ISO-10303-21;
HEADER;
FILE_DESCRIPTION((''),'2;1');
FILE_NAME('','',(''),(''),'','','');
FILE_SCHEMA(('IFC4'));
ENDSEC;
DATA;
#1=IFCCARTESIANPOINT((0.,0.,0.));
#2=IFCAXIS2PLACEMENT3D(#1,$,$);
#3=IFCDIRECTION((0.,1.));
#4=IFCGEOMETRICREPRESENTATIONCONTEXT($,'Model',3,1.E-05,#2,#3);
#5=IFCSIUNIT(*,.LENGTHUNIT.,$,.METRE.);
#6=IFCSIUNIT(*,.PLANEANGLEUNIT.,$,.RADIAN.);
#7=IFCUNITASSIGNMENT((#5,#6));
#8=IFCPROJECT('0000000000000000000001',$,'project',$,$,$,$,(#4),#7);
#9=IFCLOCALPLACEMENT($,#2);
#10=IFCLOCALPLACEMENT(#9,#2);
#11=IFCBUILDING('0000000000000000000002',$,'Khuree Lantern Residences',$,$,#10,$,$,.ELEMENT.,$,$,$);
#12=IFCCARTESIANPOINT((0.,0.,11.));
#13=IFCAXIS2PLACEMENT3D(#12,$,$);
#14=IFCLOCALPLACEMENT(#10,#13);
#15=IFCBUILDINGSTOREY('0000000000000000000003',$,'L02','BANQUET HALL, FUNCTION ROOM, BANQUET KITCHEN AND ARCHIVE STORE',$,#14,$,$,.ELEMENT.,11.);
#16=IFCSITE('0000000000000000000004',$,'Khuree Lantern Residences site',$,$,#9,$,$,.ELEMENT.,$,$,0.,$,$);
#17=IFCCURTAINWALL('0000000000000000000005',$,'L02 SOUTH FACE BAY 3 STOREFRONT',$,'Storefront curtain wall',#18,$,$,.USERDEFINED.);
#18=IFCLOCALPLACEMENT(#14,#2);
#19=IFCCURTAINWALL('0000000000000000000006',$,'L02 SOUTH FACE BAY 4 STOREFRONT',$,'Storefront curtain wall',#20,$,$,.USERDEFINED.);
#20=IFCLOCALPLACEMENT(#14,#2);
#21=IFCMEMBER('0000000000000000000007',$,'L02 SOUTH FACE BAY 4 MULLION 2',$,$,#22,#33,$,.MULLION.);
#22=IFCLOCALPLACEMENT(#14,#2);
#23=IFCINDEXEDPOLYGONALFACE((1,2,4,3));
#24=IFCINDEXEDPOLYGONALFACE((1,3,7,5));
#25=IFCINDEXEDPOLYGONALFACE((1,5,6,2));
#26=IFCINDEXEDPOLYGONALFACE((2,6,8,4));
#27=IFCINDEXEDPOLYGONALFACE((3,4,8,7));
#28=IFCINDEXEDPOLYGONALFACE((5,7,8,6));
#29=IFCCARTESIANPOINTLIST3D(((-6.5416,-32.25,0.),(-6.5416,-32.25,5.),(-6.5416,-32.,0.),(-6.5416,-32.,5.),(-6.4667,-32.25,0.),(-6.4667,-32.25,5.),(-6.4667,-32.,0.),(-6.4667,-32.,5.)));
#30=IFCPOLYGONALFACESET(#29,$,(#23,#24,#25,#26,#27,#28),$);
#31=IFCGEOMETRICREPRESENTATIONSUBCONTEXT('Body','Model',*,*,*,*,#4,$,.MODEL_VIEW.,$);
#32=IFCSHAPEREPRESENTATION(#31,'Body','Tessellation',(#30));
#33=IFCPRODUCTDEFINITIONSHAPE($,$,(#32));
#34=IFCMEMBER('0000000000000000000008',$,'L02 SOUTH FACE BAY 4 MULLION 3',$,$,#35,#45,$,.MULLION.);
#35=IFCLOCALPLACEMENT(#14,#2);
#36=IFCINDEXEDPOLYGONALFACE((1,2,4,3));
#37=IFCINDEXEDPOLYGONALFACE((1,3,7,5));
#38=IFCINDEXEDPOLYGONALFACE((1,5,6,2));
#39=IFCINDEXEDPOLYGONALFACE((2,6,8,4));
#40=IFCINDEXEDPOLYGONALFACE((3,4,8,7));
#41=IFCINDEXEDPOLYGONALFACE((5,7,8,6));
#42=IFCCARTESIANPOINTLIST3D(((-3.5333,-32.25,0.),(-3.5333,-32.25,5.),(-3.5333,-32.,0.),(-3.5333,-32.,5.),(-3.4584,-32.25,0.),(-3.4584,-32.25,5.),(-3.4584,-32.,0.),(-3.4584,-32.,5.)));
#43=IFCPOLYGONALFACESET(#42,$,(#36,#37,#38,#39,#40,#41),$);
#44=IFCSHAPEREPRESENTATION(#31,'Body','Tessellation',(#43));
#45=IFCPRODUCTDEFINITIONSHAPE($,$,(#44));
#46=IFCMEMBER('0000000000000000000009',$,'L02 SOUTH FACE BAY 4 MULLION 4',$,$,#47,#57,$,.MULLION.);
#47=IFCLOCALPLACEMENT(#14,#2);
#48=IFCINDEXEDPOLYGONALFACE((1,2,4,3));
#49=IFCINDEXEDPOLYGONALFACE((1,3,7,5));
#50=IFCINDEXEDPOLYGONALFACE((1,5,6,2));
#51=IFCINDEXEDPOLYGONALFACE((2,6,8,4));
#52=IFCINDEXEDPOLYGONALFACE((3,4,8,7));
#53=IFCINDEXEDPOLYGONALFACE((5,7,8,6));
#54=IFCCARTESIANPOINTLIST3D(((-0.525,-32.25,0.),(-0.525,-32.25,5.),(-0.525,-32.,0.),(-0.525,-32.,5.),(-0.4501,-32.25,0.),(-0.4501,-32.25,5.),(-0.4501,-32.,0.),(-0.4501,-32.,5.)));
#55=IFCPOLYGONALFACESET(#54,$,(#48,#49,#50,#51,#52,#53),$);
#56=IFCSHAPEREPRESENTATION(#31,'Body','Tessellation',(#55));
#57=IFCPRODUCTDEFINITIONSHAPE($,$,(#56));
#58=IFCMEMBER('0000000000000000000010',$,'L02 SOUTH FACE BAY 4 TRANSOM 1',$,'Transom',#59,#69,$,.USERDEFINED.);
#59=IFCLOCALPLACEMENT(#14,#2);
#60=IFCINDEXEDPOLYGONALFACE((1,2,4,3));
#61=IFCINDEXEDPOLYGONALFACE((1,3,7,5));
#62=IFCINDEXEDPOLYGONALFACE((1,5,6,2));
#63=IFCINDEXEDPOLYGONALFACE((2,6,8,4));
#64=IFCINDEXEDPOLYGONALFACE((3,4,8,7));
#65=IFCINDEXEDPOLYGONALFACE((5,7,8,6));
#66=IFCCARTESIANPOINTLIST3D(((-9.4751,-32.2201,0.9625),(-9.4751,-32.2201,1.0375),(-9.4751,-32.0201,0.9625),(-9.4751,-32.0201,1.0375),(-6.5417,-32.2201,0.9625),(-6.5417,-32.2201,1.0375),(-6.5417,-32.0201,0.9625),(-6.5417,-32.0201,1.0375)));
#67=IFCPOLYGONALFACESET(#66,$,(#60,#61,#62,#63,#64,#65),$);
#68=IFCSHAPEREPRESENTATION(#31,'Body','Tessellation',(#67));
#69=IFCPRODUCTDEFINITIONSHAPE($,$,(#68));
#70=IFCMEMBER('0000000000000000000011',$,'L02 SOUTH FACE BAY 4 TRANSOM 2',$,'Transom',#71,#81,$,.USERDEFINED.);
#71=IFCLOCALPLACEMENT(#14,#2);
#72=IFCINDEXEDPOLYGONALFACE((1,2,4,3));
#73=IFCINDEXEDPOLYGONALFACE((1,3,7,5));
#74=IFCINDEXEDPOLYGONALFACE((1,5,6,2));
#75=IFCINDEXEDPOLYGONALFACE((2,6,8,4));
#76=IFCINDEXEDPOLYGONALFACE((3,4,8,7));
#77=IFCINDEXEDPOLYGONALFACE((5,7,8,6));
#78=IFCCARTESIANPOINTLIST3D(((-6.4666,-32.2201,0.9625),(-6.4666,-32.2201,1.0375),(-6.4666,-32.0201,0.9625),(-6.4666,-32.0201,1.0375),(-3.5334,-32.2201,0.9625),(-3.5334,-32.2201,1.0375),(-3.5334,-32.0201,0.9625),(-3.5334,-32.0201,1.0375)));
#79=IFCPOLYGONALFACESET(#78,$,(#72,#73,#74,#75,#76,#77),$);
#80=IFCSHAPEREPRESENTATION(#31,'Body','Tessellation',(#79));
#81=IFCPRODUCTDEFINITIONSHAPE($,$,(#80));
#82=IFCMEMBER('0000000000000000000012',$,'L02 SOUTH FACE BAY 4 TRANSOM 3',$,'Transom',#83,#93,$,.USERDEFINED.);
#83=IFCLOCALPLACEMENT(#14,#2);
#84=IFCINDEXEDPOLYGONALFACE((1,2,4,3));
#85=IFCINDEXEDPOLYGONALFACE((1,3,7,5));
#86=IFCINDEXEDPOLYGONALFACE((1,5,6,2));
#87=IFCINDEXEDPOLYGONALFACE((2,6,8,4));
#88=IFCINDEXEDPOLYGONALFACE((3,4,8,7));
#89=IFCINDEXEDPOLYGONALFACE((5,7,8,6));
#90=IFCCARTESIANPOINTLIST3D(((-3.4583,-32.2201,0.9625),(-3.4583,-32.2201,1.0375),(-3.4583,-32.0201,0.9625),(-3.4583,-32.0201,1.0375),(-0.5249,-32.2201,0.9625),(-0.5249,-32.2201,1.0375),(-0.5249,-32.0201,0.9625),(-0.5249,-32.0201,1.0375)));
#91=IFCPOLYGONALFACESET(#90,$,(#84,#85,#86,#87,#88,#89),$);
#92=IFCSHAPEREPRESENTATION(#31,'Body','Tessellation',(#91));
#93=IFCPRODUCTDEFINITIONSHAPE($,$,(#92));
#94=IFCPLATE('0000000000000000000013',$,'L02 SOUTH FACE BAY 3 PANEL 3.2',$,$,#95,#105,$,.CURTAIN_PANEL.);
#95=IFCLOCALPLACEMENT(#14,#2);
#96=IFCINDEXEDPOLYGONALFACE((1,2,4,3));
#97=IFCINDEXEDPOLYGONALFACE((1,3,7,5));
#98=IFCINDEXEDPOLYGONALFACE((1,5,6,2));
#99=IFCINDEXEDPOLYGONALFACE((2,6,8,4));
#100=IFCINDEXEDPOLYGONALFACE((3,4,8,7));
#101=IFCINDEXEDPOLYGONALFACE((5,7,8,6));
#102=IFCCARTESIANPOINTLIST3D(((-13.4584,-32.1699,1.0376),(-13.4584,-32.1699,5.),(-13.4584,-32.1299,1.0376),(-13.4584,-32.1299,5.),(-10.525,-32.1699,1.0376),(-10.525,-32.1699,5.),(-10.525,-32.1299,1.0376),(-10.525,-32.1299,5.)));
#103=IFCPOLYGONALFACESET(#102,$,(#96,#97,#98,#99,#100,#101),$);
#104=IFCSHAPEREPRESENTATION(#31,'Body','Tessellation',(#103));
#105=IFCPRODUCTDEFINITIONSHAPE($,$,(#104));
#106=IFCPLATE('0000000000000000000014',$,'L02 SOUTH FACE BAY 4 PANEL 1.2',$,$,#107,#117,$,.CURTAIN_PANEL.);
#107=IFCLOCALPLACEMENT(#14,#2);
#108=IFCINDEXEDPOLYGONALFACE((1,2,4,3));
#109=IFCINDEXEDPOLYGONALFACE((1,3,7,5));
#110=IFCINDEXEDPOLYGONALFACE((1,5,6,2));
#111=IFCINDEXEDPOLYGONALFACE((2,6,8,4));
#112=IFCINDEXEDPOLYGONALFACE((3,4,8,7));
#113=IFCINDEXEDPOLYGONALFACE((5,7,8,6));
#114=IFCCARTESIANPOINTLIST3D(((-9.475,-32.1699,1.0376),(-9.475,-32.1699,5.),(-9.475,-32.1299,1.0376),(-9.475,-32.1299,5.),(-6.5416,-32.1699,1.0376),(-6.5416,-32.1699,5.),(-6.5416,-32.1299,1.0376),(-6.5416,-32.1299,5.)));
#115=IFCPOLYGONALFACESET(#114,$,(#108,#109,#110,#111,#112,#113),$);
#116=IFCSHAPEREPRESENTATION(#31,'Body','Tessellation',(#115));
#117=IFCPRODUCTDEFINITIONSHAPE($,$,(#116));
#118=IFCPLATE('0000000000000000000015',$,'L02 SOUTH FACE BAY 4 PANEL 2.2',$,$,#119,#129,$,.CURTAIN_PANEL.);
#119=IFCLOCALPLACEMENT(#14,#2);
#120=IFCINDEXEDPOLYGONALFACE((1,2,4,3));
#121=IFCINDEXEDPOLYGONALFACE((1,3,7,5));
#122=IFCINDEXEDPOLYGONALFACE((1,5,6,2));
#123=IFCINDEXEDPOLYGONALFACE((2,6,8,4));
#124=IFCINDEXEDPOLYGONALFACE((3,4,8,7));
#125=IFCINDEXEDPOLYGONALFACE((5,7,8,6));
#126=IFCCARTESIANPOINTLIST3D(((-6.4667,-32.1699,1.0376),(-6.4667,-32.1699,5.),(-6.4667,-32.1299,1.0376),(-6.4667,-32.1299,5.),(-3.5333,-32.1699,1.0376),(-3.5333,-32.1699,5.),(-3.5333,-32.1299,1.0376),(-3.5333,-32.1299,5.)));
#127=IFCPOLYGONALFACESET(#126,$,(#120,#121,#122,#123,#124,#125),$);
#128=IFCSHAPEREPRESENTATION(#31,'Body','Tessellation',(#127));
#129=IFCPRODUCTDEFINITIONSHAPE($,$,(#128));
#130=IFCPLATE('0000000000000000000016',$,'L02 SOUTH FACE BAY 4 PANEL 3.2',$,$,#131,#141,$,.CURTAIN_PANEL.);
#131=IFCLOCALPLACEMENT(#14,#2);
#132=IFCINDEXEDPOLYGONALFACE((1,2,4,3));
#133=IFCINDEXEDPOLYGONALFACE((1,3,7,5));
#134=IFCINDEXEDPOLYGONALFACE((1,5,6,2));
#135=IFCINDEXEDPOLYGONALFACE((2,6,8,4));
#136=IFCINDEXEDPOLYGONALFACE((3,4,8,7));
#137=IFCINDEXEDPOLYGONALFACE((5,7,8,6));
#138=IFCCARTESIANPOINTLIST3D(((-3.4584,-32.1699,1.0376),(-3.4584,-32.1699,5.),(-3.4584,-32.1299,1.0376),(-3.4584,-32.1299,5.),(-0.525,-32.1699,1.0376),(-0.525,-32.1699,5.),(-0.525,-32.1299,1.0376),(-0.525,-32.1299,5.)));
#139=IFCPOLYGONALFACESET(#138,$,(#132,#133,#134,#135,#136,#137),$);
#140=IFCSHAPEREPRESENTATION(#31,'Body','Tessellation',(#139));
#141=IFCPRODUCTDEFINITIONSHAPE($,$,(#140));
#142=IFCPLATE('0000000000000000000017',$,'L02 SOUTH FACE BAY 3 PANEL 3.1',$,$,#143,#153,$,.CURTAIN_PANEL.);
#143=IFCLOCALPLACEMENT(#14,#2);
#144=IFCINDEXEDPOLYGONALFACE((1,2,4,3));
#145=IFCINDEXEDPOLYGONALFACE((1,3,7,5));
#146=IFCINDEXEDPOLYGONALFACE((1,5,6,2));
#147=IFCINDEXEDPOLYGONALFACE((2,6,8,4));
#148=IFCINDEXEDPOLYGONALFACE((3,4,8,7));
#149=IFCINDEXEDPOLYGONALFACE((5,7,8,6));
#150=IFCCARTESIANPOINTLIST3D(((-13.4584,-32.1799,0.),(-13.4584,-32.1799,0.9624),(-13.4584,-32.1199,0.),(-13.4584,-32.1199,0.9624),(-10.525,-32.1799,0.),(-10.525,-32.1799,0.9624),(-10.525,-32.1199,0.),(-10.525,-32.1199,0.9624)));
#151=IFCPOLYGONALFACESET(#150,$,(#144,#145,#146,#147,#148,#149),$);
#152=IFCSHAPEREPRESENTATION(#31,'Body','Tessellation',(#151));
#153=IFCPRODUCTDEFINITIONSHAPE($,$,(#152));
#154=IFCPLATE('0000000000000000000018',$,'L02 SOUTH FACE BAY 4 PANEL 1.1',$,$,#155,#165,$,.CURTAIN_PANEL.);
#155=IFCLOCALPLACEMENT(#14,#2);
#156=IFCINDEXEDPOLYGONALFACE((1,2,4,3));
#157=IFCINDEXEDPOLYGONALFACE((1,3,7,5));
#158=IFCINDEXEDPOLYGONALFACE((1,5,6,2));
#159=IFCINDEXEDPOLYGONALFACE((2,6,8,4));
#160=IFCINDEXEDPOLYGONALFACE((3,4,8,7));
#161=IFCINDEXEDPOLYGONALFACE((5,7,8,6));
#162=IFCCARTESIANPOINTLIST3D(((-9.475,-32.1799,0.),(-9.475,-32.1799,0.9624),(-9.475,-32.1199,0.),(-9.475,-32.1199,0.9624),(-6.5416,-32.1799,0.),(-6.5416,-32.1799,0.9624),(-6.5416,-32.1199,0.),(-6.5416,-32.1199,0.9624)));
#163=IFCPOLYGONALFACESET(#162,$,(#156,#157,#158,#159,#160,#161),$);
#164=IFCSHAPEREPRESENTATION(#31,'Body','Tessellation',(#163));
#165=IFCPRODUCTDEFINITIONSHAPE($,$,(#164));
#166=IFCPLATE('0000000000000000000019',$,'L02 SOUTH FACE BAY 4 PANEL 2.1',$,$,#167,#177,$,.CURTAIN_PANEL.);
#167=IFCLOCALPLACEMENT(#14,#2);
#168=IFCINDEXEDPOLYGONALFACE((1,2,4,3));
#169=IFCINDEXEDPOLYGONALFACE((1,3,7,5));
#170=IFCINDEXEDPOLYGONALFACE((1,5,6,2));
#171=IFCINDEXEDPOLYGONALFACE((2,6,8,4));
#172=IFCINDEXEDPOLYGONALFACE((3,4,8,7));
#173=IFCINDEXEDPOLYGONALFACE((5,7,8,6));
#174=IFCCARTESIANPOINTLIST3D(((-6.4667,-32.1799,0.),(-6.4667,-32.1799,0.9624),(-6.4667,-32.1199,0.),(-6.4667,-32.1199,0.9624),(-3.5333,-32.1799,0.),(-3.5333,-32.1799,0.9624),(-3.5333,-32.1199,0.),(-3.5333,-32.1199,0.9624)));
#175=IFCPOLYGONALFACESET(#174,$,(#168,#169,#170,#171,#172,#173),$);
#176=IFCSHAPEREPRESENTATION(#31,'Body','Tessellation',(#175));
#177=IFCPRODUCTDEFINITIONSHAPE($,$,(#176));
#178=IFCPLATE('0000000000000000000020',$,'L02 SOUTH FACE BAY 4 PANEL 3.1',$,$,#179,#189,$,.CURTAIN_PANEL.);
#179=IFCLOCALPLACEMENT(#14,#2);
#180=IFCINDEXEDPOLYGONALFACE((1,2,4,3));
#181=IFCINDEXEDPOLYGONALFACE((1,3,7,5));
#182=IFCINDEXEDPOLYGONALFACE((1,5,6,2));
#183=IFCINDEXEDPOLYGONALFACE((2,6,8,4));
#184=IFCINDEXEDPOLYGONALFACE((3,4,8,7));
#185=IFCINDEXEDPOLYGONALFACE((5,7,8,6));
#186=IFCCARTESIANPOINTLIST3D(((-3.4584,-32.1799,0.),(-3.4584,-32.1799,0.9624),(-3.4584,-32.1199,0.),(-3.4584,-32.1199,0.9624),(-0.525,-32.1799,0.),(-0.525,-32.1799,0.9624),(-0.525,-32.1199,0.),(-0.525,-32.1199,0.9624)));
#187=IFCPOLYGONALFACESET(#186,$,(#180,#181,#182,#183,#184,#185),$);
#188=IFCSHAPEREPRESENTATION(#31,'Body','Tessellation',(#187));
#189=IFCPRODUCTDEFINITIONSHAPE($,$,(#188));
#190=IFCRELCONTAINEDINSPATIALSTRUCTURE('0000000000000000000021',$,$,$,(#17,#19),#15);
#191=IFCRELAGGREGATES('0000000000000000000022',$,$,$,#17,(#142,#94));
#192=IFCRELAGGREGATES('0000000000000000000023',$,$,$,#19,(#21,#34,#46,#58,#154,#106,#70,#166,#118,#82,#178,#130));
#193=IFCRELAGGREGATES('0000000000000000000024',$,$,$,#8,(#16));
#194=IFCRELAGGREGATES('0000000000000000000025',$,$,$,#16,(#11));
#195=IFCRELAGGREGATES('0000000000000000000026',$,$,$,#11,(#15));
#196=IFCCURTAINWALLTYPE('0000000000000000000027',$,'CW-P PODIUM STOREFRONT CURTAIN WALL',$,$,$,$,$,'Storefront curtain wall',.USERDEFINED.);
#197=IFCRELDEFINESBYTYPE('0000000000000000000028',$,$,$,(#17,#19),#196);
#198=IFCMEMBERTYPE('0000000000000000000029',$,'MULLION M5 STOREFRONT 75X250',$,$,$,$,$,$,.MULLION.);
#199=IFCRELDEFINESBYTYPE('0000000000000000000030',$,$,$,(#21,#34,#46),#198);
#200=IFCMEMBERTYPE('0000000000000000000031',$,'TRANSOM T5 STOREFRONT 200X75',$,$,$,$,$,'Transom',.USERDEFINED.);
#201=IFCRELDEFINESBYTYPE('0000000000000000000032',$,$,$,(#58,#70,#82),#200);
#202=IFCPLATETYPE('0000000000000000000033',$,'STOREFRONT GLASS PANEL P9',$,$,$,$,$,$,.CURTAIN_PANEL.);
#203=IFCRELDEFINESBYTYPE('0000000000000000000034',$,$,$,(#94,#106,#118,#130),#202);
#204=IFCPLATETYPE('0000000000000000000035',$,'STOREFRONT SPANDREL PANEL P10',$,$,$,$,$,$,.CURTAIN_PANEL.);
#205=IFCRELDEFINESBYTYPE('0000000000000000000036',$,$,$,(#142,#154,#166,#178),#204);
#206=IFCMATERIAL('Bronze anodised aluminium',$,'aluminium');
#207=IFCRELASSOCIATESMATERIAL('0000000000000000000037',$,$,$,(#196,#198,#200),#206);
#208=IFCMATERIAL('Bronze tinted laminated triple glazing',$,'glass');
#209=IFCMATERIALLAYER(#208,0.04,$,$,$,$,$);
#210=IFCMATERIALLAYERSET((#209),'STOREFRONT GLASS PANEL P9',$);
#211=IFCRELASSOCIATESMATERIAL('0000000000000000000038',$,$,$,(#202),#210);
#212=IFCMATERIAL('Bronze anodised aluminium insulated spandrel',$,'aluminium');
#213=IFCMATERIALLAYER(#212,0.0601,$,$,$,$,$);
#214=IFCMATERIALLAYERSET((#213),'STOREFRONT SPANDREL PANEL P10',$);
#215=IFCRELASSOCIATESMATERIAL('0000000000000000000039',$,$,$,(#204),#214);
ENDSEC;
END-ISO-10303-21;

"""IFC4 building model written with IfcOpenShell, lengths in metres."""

from ifc_helpers import new_model, si_unit, direction, frame, origin, origin_2d, place, context, subcontext, project, spatial, rectangle, extrude, material, layer, layer_set, material_profile, profile_set, type_object, element, aggregate, save


model = new_model("IFC4")

# Units and contexts
model_context = context("Model", 3, precision=1e-05, world=origin(), true_north=direction((0.0, 1.0)))
body_context = subcontext(model_context, "Body", "Model", "MODEL_VIEW")
ifc_project = project(units=[si_unit("LENGTHUNIT", "METRE"), si_unit("PLANEANGLEUNIT", "RADIAN")], contexts=[model_context])

# Site, building, storey
site_placement = place(None, origin())
site = spatial("IfcSite", under=ifc_project, at=site_placement, Name="Khuree Lantern Residences site", CompositionType="ELEMENT", RefElevation=0.0)
building_placement = place(site_placement, origin())
building = spatial("IfcBuilding", under=site, at=building_placement, Name="Khuree Lantern Residences", CompositionType="ELEMENT")
storey_placement = place(building_placement, frame((0.0, 0.0, 11.0)))
storey = spatial("IfcBuildingStorey", under=building, at=storey_placement, Name="L02", Description="BANQUET HALL, FUNCTION ROOM, BANQUET KITCHEN AND ARCHIVE STORE", CompositionType="ELEMENT", Elevation=11.0)

# Curtain wall
ifc_material_1 = material(Name="Bronze anodised aluminium", Category="aluminium")
curtain_wall_type = type_object("IfcCurtainWallType", Name="CW-P PODIUM STOREFRONT CURTAIN WALL", ElementType="Storefront curtain wall", PredefinedType="USERDEFINED", material=ifc_material_1)
curtain_wall_1_placement = place(storey_placement, origin())
curtain_wall_1 = element("IfcCurtainWall", 1, at=curtain_wall_1_placement, inside=storey, type_object=curtain_wall_type, Name="L02 SOUTH FACE BAY 3 STOREFRONT", ObjectType="Storefront curtain wall", PredefinedType="USERDEFINED")
ifc_material_profile_1 = material_profile(ifc_material_1, rectangle(XDim=0.075, YDim=0.25, at=origin_2d()), Name="M5 75X250")
ifc_profile_set_1 = profile_set([ifc_material_profile_1], Name="Bronze anodised aluminium")
member_type_1 = type_object("IfcMemberType", Name="MULLION M5 STOREFRONT 75X250", PredefinedType="MULLION", material=ifc_profile_set_1)

# Curtain wall, members
curtain_wall_2_placement = place(storey_placement, origin())
curtain_wall_2 = element("IfcCurtainWall", 2, at=curtain_wall_2_placement, inside=storey, type_object=curtain_wall_type, Name="L02 SOUTH FACE BAY 4 STOREFRONT", ObjectType="Storefront curtain wall", PredefinedType="USERDEFINED")
member_1_placement = place(storey_placement, frame((-6.5042, -32.125, 0.0), z_axis=(0.0, 0.0, 1.0), x_axis=(1.0, 0.0, 0.0)))
member_1 = element("IfcMember", 3, at=member_1_placement, type_object=member_type_1, Name="L02 SOUTH FACE BAY 4 MULLION 2", PredefinedType="MULLION", context=body_context, shape_type="SweptSolid", body=[
    extrude(rectangle(XDim=0.075, YDim=0.25, at=origin_2d()), origin(), (0.0, 0.0, 1.0), 5.0),
])
member_2_placement = place(storey_placement, frame((-3.4958, -32.125, 0.0), z_axis=(0.0, 0.0, 1.0), x_axis=(1.0, 0.0, 0.0)))
member_2 = element("IfcMember", 4, at=member_2_placement, type_object=member_type_1, Name="L02 SOUTH FACE BAY 4 MULLION 3", PredefinedType="MULLION", context=body_context, shape_type="SweptSolid", body=[
    extrude(rectangle(XDim=0.075, YDim=0.25, at=origin_2d()), origin(), (0.0, 0.0, 1.0), 5.0),
])
member_3_placement = place(storey_placement, frame((-0.4875, -32.125, 0.0), z_axis=(0.0, 0.0, 1.0), x_axis=(1.0, 0.0, 0.0)))
member_3 = element("IfcMember", 5, at=member_3_placement, type_object=member_type_1, Name="L02 SOUTH FACE BAY 4 MULLION 4", PredefinedType="MULLION", context=body_context, shape_type="SweptSolid", body=[
    extrude(rectangle(XDim=0.075, YDim=0.25, at=origin_2d()), origin(), (0.0, 0.0, 1.0), 5.0),
])
ifc_material_profile_2 = material_profile(ifc_material_1, rectangle(XDim=0.2, YDim=0.075, at=origin_2d()), Name="T5 200X75")
ifc_profile_set_2 = profile_set([ifc_material_profile_2], Name="Bronze anodised aluminium")
member_type_2 = type_object("IfcMemberType", Name="TRANSOM T5 STOREFRONT 200X75", ElementType="Transom", PredefinedType="USERDEFINED", material=ifc_profile_set_2)
member_4_placement = place(storey_placement, frame((-9.4751, -32.1201, 1.0), z_axis=(1.0, 0.0, 0.0), x_axis=(0.0, 1.0, 0.0)))
member_4 = element("IfcMember", 6, at=member_4_placement, type_object=member_type_2, Name="L02 SOUTH FACE BAY 4 TRANSOM 1", ObjectType="Transom", PredefinedType="USERDEFINED", context=body_context, shape_type="SweptSolid", body=[
    extrude(rectangle(XDim=0.2, YDim=0.075, at=origin_2d()), origin(), (0.0, 0.0, 1.0), 2.9333),
])
member_5_placement = place(storey_placement, frame((-6.4666, -32.1201, 1.0), z_axis=(1.0, 0.0, 0.0), x_axis=(0.0, 1.0, 0.0)))
member_5 = element("IfcMember", 7, at=member_5_placement, type_object=member_type_2, Name="L02 SOUTH FACE BAY 4 TRANSOM 2", ObjectType="Transom", PredefinedType="USERDEFINED", context=body_context, shape_type="SweptSolid", body=[
    extrude(rectangle(XDim=0.2, YDim=0.075, at=origin_2d()), origin(), (0.0, 0.0, 1.0), 2.9331),
])
member_6_placement = place(storey_placement, frame((-3.4583, -32.1201, 1.0), z_axis=(1.0, 0.0, 0.0), x_axis=(0.0, 1.0, 0.0)))
member_6 = element("IfcMember", 8, at=member_6_placement, type_object=member_type_2, Name="L02 SOUTH FACE BAY 4 TRANSOM 3", ObjectType="Transom", PredefinedType="USERDEFINED", context=body_context, shape_type="SweptSolid", body=[
    extrude(rectangle(XDim=0.2, YDim=0.075, at=origin_2d()), origin(), (0.0, 0.0, 1.0), 2.9333),
])

# Plates
ifc_material_2 = material(Name="Bronze tinted laminated triple glazing", Category="glass")
ifc_layer_1 = layer(ifc_material_2, 0.04)
ifc_layer_set_1 = layer_set([ifc_layer_1], Name="STOREFRONT GLASS PANEL P9")
plate_type_1 = type_object("IfcPlateType", Name="STOREFRONT GLASS PANEL P9", PredefinedType="CURTAIN_PANEL", material=ifc_layer_set_1)
plate_1_placement = place(storey_placement, frame((-11.9917, -32.1499, 1.0376), z_axis=(0.0, 0.0, 1.0), x_axis=(1.0, 0.0, 0.0)))
plate_1 = element("IfcPlate", 9, at=plate_1_placement, type_object=plate_type_1, Name="L02 SOUTH FACE BAY 3 PANEL 3.2", PredefinedType="CURTAIN_PANEL", context=body_context, shape_type="SweptSolid", body=[
    extrude(rectangle(XDim=2.9333, YDim=0.04, at=origin_2d()), origin(), (0.0, 0.0, 1.0), 3.9624),
])
plate_2_placement = place(storey_placement, frame((-8.0083, -32.1499, 1.0376), z_axis=(0.0, 0.0, 1.0), x_axis=(1.0, 0.0, 0.0)))
plate_2 = element("IfcPlate", 10, at=plate_2_placement, type_object=plate_type_1, Name="L02 SOUTH FACE BAY 4 PANEL 1.2", PredefinedType="CURTAIN_PANEL", context=body_context, shape_type="SweptSolid", body=[
    extrude(rectangle(XDim=2.9333, YDim=0.04, at=origin_2d()), origin(), (0.0, 0.0, 1.0), 3.9624),
])
plate_3_placement = place(storey_placement, frame((-5.0, -32.1499, 1.0376), z_axis=(0.0, 0.0, 1.0), x_axis=(1.0, 0.0, 0.0)))
plate_3 = element("IfcPlate", 11, at=plate_3_placement, type_object=plate_type_1, Name="L02 SOUTH FACE BAY 4 PANEL 2.2", PredefinedType="CURTAIN_PANEL", context=body_context, shape_type="SweptSolid", body=[
    extrude(rectangle(XDim=2.9333, YDim=0.04, at=origin_2d()), origin(), (0.0, 0.0, 1.0), 3.9624),
])
plate_4_placement = place(storey_placement, frame((-1.9917, -32.1499, 1.0376), z_axis=(0.0, 0.0, 1.0), x_axis=(1.0, 0.0, 0.0)))
plate_4 = element("IfcPlate", 12, at=plate_4_placement, type_object=plate_type_1, Name="L02 SOUTH FACE BAY 4 PANEL 3.2", PredefinedType="CURTAIN_PANEL", context=body_context, shape_type="SweptSolid", body=[
    extrude(rectangle(XDim=2.9333, YDim=0.04, at=origin_2d()), origin(), (0.0, 0.0, 1.0), 3.9624),
])
ifc_material_3 = material(Name="Bronze anodised aluminium insulated spandrel", Category="aluminium")
ifc_layer_2 = layer(ifc_material_3, 0.0601)
ifc_layer_set_2 = layer_set([ifc_layer_2], Name="STOREFRONT SPANDREL PANEL P10")
plate_type_2 = type_object("IfcPlateType", Name="STOREFRONT SPANDREL PANEL P10", PredefinedType="CURTAIN_PANEL", material=ifc_layer_set_2)
plate_5_placement = place(storey_placement, frame((-11.9917, -32.1499, 0.0), z_axis=(0.0, 0.0, 1.0), x_axis=(1.0, 0.0, 0.0)))
plate_5 = element("IfcPlate", 13, at=plate_5_placement, type_object=plate_type_2, Name="L02 SOUTH FACE BAY 3 PANEL 3.1", PredefinedType="CURTAIN_PANEL", context=body_context, shape_type="SweptSolid", body=[
    extrude(rectangle(XDim=2.9333, YDim=0.0601, at=origin_2d()), origin(), (0.0, 0.0, 1.0), 0.9624),
])
aggregate(curtain_wall_1, [plate_5, plate_1])
plate_6_placement = place(storey_placement, frame((-8.0083, -32.1499, 0.0), z_axis=(0.0, 0.0, 1.0), x_axis=(1.0, 0.0, 0.0)))
plate_6 = element("IfcPlate", 14, at=plate_6_placement, type_object=plate_type_2, Name="L02 SOUTH FACE BAY 4 PANEL 1.1", PredefinedType="CURTAIN_PANEL", context=body_context, shape_type="SweptSolid", body=[
    extrude(rectangle(XDim=2.9333, YDim=0.0601, at=origin_2d()), origin(), (0.0, 0.0, 1.0), 0.9624),
])
plate_7_placement = place(storey_placement, frame((-5.0, -32.1499, 0.0), z_axis=(0.0, 0.0, 1.0), x_axis=(1.0, 0.0, 0.0)))
plate_7 = element("IfcPlate", 15, at=plate_7_placement, type_object=plate_type_2, Name="L02 SOUTH FACE BAY 4 PANEL 2.1", PredefinedType="CURTAIN_PANEL", context=body_context, shape_type="SweptSolid", body=[
    extrude(rectangle(XDim=2.9333, YDim=0.0601, at=origin_2d()), origin(), (0.0, 0.0, 1.0), 0.9624),
])
plate_8_placement = place(storey_placement, frame((-1.9917, -32.1499, 0.0), z_axis=(0.0, 0.0, 1.0), x_axis=(1.0, 0.0, 0.0)))
plate_8 = element("IfcPlate", 16, at=plate_8_placement, type_object=plate_type_2, Name="L02 SOUTH FACE BAY 4 PANEL 3.1", PredefinedType="CURTAIN_PANEL", context=body_context, shape_type="SweptSolid", body=[
    extrude(rectangle(XDim=2.9333, YDim=0.0601, at=origin_2d()), origin(), (0.0, 0.0, 1.0), 0.9624),
])
aggregate(curtain_wall_2, [member_1, member_2, member_3, member_4, plate_6, plate_2, member_5, plate_7, plate_3, member_6, plate_8, plate_4])

save(model, "model.ifc")
